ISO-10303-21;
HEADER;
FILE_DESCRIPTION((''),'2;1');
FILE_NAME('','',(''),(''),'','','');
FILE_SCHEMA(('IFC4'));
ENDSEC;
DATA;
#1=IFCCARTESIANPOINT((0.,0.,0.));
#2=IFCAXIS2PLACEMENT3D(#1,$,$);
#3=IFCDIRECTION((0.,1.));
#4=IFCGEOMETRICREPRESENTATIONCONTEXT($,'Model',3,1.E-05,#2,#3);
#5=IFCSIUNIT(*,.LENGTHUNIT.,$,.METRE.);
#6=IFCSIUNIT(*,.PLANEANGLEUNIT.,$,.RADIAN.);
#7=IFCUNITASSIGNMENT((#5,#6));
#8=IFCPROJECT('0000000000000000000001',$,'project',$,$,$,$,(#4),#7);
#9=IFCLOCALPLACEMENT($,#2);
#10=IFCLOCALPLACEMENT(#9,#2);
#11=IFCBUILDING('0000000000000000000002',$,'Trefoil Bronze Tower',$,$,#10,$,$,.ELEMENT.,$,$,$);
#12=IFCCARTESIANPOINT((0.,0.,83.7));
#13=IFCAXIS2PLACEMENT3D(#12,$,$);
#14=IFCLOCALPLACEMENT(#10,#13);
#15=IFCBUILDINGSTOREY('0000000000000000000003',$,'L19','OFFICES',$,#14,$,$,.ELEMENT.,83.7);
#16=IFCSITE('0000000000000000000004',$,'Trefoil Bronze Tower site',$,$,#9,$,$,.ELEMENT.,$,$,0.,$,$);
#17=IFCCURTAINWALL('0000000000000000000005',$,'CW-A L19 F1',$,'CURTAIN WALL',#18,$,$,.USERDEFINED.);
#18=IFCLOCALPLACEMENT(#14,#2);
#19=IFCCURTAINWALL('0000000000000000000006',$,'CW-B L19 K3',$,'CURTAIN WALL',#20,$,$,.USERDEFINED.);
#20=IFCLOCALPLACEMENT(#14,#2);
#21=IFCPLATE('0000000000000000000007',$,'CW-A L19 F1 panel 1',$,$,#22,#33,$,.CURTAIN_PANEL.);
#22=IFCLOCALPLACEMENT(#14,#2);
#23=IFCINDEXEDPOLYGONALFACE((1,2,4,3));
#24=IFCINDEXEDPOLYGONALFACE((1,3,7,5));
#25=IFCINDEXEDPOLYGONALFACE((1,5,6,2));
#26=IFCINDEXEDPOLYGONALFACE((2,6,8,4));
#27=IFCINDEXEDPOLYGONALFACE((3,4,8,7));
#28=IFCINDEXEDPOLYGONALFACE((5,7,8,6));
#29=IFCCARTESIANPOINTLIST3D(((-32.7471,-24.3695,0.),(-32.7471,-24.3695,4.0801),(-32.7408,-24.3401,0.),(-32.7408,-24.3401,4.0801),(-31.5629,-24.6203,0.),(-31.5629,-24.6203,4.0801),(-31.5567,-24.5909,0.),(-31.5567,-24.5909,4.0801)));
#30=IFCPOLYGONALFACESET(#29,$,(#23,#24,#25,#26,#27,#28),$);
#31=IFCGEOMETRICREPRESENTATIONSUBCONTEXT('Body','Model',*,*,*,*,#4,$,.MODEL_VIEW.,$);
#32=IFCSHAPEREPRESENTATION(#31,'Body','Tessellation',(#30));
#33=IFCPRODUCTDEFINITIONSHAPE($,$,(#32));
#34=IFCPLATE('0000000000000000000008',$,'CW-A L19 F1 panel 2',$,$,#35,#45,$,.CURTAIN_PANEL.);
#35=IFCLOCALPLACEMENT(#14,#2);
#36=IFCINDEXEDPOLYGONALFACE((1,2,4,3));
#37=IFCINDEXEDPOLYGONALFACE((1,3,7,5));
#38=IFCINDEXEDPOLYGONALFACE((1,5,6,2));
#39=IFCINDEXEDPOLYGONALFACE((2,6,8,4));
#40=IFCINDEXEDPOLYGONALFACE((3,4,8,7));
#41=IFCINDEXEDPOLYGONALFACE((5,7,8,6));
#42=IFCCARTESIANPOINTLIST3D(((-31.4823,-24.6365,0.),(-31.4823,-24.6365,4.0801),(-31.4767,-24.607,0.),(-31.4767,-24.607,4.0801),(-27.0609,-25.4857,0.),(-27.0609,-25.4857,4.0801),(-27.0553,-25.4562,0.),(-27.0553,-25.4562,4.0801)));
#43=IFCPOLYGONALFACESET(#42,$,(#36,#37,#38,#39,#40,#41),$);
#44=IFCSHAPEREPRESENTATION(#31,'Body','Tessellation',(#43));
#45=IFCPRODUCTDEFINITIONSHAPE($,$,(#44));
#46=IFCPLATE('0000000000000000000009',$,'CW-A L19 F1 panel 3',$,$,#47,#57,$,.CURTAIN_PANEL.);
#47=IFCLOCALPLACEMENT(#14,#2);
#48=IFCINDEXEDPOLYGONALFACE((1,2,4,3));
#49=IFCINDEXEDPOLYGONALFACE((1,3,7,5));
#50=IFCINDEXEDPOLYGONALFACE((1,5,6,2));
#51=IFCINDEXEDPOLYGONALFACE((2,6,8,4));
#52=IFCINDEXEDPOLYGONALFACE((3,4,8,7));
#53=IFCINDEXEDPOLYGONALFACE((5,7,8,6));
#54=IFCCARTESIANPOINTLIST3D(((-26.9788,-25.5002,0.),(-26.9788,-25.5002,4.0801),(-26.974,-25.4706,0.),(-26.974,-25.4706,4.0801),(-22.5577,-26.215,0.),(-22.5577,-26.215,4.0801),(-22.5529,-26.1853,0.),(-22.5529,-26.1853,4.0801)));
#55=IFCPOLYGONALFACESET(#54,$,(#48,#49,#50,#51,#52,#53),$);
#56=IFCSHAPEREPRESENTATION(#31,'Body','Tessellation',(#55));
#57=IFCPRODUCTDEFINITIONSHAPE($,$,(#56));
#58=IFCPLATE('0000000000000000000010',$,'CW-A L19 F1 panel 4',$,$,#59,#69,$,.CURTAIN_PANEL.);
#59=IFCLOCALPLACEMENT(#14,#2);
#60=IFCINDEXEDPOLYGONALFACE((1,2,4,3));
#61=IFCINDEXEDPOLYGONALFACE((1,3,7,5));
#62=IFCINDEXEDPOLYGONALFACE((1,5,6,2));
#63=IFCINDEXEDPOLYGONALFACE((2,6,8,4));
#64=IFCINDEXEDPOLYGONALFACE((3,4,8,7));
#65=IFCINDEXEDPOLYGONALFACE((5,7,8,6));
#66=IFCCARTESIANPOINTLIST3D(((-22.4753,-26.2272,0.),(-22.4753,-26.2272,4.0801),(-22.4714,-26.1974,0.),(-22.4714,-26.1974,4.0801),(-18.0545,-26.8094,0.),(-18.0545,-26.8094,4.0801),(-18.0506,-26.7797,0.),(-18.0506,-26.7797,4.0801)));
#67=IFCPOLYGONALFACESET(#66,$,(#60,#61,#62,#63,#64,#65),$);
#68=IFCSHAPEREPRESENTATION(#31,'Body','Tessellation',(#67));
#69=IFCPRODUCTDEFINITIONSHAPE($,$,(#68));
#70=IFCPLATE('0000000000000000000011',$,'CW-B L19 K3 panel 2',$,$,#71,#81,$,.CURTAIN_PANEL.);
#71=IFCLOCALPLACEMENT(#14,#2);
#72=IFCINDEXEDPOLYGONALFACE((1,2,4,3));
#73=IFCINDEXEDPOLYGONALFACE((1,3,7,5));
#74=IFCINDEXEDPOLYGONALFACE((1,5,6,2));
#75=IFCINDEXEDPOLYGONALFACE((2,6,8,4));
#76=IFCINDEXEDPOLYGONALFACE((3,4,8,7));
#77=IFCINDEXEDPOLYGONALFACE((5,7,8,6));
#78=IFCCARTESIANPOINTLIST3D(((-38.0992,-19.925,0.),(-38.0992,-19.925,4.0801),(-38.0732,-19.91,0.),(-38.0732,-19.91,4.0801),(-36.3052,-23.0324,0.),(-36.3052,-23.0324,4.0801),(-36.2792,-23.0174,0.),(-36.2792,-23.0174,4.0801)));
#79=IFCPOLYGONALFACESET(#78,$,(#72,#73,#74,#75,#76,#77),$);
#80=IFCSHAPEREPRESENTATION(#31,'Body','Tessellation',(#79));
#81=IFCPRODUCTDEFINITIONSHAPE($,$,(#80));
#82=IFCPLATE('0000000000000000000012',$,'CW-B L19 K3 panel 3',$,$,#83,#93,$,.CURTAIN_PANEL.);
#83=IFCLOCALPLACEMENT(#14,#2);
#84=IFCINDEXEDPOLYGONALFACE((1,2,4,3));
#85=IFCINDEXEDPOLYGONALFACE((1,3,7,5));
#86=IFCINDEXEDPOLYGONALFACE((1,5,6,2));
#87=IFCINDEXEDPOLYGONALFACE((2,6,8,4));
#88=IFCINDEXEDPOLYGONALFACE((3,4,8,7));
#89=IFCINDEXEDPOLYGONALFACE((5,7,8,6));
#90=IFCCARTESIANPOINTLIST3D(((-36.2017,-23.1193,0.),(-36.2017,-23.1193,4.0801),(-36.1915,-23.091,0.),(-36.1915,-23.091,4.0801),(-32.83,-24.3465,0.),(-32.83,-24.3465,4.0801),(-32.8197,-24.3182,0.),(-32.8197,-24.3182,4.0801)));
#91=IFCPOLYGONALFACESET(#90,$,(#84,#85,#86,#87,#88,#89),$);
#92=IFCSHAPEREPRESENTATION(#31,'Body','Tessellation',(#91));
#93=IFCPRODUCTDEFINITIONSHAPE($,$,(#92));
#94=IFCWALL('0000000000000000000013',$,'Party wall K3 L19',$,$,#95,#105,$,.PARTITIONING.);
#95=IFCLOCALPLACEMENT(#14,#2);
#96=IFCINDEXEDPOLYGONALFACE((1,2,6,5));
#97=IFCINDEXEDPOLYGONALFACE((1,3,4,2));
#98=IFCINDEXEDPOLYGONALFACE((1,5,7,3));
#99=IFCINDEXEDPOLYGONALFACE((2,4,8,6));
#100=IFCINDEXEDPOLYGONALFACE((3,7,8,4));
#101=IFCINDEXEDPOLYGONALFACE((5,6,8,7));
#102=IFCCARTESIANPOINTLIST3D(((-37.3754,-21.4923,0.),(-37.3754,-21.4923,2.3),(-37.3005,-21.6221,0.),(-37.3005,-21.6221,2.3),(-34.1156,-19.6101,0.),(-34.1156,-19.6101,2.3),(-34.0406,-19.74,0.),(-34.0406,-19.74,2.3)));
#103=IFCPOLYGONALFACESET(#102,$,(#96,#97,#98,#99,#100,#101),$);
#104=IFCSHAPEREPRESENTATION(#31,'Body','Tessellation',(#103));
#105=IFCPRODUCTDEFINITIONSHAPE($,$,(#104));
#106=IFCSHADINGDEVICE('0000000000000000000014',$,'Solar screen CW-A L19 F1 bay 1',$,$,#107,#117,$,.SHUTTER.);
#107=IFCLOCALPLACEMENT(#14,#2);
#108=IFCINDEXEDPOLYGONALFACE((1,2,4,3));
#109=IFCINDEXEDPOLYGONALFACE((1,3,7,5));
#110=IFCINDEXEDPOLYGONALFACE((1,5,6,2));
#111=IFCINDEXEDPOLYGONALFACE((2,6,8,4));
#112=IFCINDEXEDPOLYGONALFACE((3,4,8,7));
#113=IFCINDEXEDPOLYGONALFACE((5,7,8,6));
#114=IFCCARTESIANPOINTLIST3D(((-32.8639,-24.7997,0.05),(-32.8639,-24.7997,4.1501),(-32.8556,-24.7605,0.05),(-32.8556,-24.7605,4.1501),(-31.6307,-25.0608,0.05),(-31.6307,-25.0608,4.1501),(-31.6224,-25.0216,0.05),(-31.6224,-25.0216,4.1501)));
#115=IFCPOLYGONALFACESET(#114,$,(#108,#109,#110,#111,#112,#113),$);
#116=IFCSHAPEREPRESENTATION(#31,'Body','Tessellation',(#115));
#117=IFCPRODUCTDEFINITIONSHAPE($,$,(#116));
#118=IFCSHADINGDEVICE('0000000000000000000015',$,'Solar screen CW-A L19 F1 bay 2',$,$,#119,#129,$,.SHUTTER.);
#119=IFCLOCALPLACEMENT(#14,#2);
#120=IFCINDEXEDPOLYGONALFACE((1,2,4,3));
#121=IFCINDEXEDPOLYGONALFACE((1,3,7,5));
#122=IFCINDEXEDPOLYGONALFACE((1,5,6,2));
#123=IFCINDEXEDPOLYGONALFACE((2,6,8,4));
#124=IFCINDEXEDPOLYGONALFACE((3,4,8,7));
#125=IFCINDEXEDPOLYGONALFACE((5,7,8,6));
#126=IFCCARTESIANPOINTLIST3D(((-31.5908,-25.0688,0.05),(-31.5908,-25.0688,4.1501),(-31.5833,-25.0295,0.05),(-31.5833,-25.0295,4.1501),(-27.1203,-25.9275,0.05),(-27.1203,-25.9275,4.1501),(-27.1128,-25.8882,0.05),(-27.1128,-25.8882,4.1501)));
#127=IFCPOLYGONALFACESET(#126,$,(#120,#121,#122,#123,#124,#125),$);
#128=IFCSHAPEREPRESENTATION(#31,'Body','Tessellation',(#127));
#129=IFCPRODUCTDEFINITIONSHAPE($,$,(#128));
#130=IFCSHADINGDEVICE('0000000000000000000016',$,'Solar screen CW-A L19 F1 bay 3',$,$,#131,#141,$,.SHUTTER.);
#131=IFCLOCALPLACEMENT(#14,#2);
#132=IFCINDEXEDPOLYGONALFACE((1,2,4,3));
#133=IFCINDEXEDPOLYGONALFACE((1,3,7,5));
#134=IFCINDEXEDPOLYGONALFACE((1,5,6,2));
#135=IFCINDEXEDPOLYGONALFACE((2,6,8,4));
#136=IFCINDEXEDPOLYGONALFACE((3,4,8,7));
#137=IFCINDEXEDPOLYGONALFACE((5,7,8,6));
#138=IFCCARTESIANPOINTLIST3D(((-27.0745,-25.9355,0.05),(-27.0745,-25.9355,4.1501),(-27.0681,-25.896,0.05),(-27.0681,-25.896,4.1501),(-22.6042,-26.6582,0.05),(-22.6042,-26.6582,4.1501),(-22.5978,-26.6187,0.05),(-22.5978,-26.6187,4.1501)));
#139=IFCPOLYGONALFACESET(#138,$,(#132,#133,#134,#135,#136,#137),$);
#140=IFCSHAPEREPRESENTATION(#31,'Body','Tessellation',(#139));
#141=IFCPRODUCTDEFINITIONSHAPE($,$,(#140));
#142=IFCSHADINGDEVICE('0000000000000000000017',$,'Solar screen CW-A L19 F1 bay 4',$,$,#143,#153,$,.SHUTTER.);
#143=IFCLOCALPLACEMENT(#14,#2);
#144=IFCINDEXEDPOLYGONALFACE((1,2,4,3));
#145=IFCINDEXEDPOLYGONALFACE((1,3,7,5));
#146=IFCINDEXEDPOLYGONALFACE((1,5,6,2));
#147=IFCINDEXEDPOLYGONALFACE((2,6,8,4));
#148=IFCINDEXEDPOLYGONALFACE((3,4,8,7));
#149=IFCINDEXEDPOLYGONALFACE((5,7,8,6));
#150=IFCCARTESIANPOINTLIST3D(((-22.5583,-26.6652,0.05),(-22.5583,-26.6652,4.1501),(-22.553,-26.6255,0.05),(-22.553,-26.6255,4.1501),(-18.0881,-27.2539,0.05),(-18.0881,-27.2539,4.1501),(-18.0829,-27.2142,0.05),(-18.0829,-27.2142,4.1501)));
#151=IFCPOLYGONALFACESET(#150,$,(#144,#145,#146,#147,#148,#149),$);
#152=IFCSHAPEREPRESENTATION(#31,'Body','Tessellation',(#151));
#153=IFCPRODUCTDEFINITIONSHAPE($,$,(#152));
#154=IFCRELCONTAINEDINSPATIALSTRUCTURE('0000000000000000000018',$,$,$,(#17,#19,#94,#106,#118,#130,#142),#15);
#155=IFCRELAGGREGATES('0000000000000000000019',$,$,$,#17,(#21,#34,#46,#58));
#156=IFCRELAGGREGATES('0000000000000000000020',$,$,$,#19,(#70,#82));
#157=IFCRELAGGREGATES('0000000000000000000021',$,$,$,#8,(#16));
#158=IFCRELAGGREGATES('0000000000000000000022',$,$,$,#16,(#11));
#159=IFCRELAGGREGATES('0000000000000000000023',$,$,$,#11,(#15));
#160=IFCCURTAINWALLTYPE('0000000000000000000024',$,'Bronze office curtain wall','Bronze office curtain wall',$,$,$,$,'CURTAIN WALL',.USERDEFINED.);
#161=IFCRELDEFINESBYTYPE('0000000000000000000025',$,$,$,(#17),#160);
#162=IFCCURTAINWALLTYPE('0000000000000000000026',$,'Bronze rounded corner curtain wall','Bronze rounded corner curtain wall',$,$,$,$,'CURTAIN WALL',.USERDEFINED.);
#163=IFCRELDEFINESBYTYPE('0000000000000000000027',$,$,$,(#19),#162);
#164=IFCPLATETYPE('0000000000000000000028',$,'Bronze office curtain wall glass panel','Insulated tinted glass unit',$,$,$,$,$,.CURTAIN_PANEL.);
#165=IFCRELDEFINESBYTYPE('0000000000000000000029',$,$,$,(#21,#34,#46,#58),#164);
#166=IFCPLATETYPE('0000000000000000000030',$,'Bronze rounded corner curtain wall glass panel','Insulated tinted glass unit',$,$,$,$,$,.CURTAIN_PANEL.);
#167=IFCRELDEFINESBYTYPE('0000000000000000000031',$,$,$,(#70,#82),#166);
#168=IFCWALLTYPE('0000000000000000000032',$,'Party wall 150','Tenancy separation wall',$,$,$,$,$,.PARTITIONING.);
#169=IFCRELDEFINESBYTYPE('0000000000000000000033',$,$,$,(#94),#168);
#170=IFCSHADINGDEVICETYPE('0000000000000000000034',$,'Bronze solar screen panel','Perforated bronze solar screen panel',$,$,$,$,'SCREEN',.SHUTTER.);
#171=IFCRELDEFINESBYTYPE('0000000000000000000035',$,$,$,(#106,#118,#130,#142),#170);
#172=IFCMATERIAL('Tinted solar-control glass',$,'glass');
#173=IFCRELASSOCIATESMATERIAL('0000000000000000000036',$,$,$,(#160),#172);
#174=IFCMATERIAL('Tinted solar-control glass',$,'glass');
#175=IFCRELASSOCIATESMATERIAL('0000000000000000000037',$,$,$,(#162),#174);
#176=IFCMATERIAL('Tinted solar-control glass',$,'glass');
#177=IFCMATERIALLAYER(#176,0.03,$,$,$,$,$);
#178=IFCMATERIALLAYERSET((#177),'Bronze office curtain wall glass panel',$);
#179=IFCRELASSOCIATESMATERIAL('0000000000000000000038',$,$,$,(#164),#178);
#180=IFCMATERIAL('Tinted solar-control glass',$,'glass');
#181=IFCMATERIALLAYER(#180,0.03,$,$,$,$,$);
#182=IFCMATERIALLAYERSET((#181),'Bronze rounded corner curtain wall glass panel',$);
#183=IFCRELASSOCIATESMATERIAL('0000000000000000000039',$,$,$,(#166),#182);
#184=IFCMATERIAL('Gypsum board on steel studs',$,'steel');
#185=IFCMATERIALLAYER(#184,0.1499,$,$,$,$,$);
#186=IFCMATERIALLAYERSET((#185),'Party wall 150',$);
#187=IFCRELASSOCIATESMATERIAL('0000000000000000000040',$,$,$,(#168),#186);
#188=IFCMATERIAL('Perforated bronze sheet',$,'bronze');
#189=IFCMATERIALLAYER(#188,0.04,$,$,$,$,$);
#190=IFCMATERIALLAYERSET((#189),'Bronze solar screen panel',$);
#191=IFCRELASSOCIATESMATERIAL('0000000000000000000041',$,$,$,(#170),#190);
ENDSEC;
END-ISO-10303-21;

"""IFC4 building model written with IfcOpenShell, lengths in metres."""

from ifc_helpers import new_model, si_unit, direction, frame, frame_2d, origin, origin_2d, place, context, subcontext, project, spatial, rectangle, extrude, material, layer, layer_set, type_object, element, aggregate, save


model = new_model("IFC4")

# Units and contexts
model_context = context("Model", 3, precision=1e-05, world=origin(), true_north=direction((0.0, 1.0)))
body_context = subcontext(model_context, "Body", "Model", "MODEL_VIEW")
ifc_project = project(units=[si_unit("LENGTHUNIT", "METRE"), si_unit("PLANEANGLEUNIT", "RADIAN")], contexts=[model_context])

# Site, building, storey
site_placement = place(None, origin())
site = spatial("IfcSite", under=ifc_project, at=site_placement, Name="Trefoil Bronze Tower site", CompositionType="ELEMENT", RefElevation=0.0)
building_placement = place(site_placement, origin())
building = spatial("IfcBuilding", under=site, at=building_placement, Name="Trefoil Bronze Tower", CompositionType="ELEMENT")
storey_placement = place(building_placement, frame((0.0, 0.0, 83.7)))
storey = spatial("IfcBuildingStorey", under=building, at=storey_placement, Name="L19", Description="OFFICES", CompositionType="ELEMENT", Elevation=83.7)

# Curtain walls
ifc_material_1 = material(Name="Tinted solar-control glass", Category="glass")
curtain_wall_type_1 = type_object("IfcCurtainWallType", Name="Bronze office curtain wall", Description="Bronze office curtain wall", ElementType="CURTAIN WALL", PredefinedType="USERDEFINED", material=ifc_material_1)
curtain_wall_1_placement = place(storey_placement, origin())
curtain_wall_1 = element("IfcCurtainWall", 1, at=curtain_wall_1_placement, inside=storey, type_object=curtain_wall_type_1, Name="CW-A L19 F1", ObjectType="CURTAIN WALL", PredefinedType="USERDEFINED")
ifc_material_2 = material(Name="Tinted solar-control glass", Category="glass")
curtain_wall_type_2 = type_object("IfcCurtainWallType", Name="Bronze rounded corner curtain wall", Description="Bronze rounded corner curtain wall", ElementType="CURTAIN WALL", PredefinedType="USERDEFINED", material=ifc_material_2)
curtain_wall_2_placement = place(storey_placement, origin())
curtain_wall_2 = element("IfcCurtainWall", 2, at=curtain_wall_2_placement, inside=storey, type_object=curtain_wall_type_2, Name="CW-B L19 K3", ObjectType="CURTAIN WALL", PredefinedType="USERDEFINED")

# Plates
ifc_material_3 = material(Name="Tinted solar-control glass", Category="glass")
ifc_layer_1 = layer(ifc_material_3, 0.03)
ifc_layer_set_1 = layer_set([ifc_layer_1], Name="Bronze office curtain wall glass panel")
plate_type_1 = type_object("IfcPlateType", Name="Bronze office curtain wall glass panel", Description="Insulated tinted glass unit", PredefinedType="CURTAIN_PANEL", material=ifc_layer_set_1)
plate_1_placement = place(storey_placement, frame((-32.1519, -24.4802, 0.0), z_axis=(0.0, 0.0, 1.0), x_axis=(0.978303, -0.207181, 0.0)))
plate_1 = element("IfcPlate", 3, at=plate_1_placement, type_object=plate_type_1, Name="CW-A L19 F1 panel 1", PredefinedType="CURTAIN_PANEL", context=body_context, shape_type="SweptSolid", body=[
    extrude(rectangle(XDim=1.2104, YDim=0.03, at=origin_2d()), origin(), (0.0, 0.0, 1.0), 4.0801),
])
plate_2_placement = place(storey_placement, frame((-29.2688, -25.0464, 0.0), z_axis=(0.0, 0.0, 1.0), x_axis=(0.98205, -0.188622, 0.0)))
plate_2 = element("IfcPlate", 4, at=plate_2_placement, type_object=plate_type_1, Name="CW-A L19 F1 panel 2", PredefinedType="CURTAIN_PANEL", context=body_context, shape_type="SweptSolid", body=[
    extrude(rectangle(XDim=4.5022, YDim=0.03, at=origin_2d()), origin(), (0.0, 0.0, 1.0), 4.0801),
])
plate_3_placement = place(storey_placement, frame((-24.7659, -25.8428, 0.0), z_axis=(0.0, 0.0, 1.0), x_axis=(0.987181, -0.159603, 0.0)))
plate_3 = element("IfcPlate", 5, at=plate_3_placement, type_object=plate_type_1, Name="CW-A L19 F1 panel 3", PredefinedType="CURTAIN_PANEL", context=body_context, shape_type="SweptSolid", body=[
    extrude(rectangle(XDim=4.4785, YDim=0.03, at=origin_2d()), origin(), (0.0, 0.0, 1.0), 4.0801),
])
plate_4_placement = place(storey_placement, frame((-20.2629, -26.5034, 0.0), z_axis=(0.0, 0.0, 1.0), x_axis=(0.991437, -0.130584, 0.0)))
plate_4 = element("IfcPlate", 6, at=plate_4_placement, type_object=plate_type_1, Name="CW-A L19 F1 panel 4", PredefinedType="CURTAIN_PANEL", context=body_context, shape_type="SweptSolid", body=[
    extrude(rectangle(XDim=4.459, YDim=0.03, at=origin_2d()), origin(), (0.0, 0.0, 1.0), 4.0801),
])
aggregate(curtain_wall_1, [plate_1, plate_2, plate_3, plate_4])
ifc_material_4 = material(Name="Tinted solar-control glass", Category="glass")
ifc_layer_2 = layer(ifc_material_4, 0.03)
ifc_layer_set_2 = layer_set([ifc_layer_2], Name="Bronze rounded corner curtain wall glass panel")
plate_type_2 = type_object("IfcPlateType", Name="Bronze rounded corner curtain wall glass panel", Description="Insulated tinted glass unit", PredefinedType="CURTAIN_PANEL", material=ifc_layer_set_2)
plate_5_placement = place(storey_placement, frame((-37.1892, -21.4712, 0.0), z_axis=(0.0, 0.0, 1.0), x_axis=(0.5, -0.866025, 0.0)))
plate_5 = element("IfcPlate", 7, at=plate_5_placement, type_object=plate_type_2, Name="CW-B L19 K3 panel 2", PredefinedType="CURTAIN_PANEL", context=body_context, shape_type="SweptSolid", body=[
    extrude(rectangle(XDim=3.5881, YDim=0.03, at=origin_2d()), origin(), (0.0, 0.0, 1.0), 4.0801),
])
plate_6_placement = place(storey_placement, frame((-34.5107, -23.7188, 0.0), z_axis=(0.0, 0.0, 1.0), x_axis=(0.939693, -0.34202, 0.0)))
plate_6 = element("IfcPlate", 8, at=plate_6_placement, type_object=plate_type_2, Name="CW-B L19 K3 panel 3", PredefinedType="CURTAIN_PANEL", context=body_context, shape_type="SweptSolid", body=[
    extrude(rectangle(XDim=3.5881, YDim=0.03, at=origin_2d()), origin(), (0.0, 0.0, 1.0), 4.0801),
])
aggregate(curtain_wall_2, [plate_5, plate_6])

# Wall
ifc_material_5 = material(Name="Gypsum board on steel studs", Category="steel")
ifc_layer_3 = layer(ifc_material_5, 0.1499)
ifc_layer_set_3 = layer_set([ifc_layer_3], Name="Party wall 150")
wall_type = type_object("IfcWallType", Name="Party wall 150", Description="Tenancy separation wall", PredefinedType="PARTITIONING", material=ifc_layer_set_3)
wall_placement = place(storey_placement, frame((-34.0781, -19.675, 0.0), z_axis=(0.0, 0.0, 1.0), x_axis=(-0.866019, -0.500011, 0.0)))
element("IfcWall", 9, at=wall_placement, inside=storey, type_object=wall_type, Name="Party wall K3 L19", PredefinedType="PARTITIONING", context=body_context, shape_type="SweptSolid", body=[
    extrude(rectangle(XDim=3.7642, YDim=0.1499, at=frame_2d((1.8821, 0.0))), origin(), (0.0, 0.0, 1.0), 2.3),
])

# Shading devices
ifc_material_6 = material(Name="Perforated bronze sheet", Category="bronze")
ifc_layer_4 = layer(ifc_material_6, 0.04)
ifc_layer_set_4 = layer_set([ifc_layer_4], Name="Bronze solar screen panel")
shading_device_type = type_object("IfcShadingDeviceType", Name="Bronze solar screen panel", Description="Perforated bronze solar screen panel", ElementType="SCREEN", PredefinedType="SHUTTER", material=ifc_layer_set_4)
shading_device_1_placement = place(storey_placement, frame((-32.2432, -24.9106, 0.05), z_axis=(0.0, 0.0, 1.0), x_axis=(0.978303, -0.207181, 0.0)))
element("IfcShadingDevice", 10, at=shading_device_1_placement, inside=storey, type_object=shading_device_type, Name="Solar screen CW-A L19 F1 bay 1", PredefinedType="SHUTTER", context=body_context, shape_type="SweptSolid", body=[
    extrude(rectangle(XDim=1.2605, YDim=0.04, at=origin_2d()), origin(), (0.0, 0.0, 1.0), 4.1001),
])
shading_device_2_placement = place(storey_placement, frame((-29.3518, -25.4785, 0.05), z_axis=(0.0, 0.0, 1.0), x_axis=(0.98205, -0.188622, 0.0)))
element("IfcShadingDevice", 11, at=shading_device_2_placement, inside=storey, type_object=shading_device_type, Name="Solar screen CW-A L19 F1 bay 2", PredefinedType="SHUTTER", context=body_context, shape_type="SweptSolid", body=[
    extrude(rectangle(XDim=4.5522, YDim=0.04, at=origin_2d()), origin(), (0.0, 0.0, 1.0), 4.1001),
])
shading_device_3_placement = place(storey_placement, frame((-24.8362, -26.2771, 0.05), z_axis=(0.0, 0.0, 1.0), x_axis=(0.987181, -0.159603, 0.0)))
element("IfcShadingDevice", 12, at=shading_device_3_placement, inside=storey, type_object=shading_device_type, Name="Solar screen CW-A L19 F1 bay 3", PredefinedType="SHUTTER", context=body_context, shape_type="SweptSolid", body=[
    extrude(rectangle(XDim=4.5283, YDim=0.04, at=origin_2d()), origin(), (0.0, 0.0, 1.0), 4.1001),
])
shading_device_4_placement = place(storey_placement, frame((-20.3206, -26.9397, 0.05), z_axis=(0.0, 0.0, 1.0), x_axis=(0.991437, -0.130584, 0.0)))
element("IfcShadingDevice", 13, at=shading_device_4_placement, inside=storey, type_object=shading_device_type, Name="Solar screen CW-A L19 F1 bay 4", PredefinedType="SHUTTER", context=body_context, shape_type="SweptSolid", body=[
    extrude(rectangle(XDim=4.5088, YDim=0.04, at=origin_2d()), origin(), (0.0, 0.0, 1.0), 4.1001),
])

save(model, "model.ifc")
